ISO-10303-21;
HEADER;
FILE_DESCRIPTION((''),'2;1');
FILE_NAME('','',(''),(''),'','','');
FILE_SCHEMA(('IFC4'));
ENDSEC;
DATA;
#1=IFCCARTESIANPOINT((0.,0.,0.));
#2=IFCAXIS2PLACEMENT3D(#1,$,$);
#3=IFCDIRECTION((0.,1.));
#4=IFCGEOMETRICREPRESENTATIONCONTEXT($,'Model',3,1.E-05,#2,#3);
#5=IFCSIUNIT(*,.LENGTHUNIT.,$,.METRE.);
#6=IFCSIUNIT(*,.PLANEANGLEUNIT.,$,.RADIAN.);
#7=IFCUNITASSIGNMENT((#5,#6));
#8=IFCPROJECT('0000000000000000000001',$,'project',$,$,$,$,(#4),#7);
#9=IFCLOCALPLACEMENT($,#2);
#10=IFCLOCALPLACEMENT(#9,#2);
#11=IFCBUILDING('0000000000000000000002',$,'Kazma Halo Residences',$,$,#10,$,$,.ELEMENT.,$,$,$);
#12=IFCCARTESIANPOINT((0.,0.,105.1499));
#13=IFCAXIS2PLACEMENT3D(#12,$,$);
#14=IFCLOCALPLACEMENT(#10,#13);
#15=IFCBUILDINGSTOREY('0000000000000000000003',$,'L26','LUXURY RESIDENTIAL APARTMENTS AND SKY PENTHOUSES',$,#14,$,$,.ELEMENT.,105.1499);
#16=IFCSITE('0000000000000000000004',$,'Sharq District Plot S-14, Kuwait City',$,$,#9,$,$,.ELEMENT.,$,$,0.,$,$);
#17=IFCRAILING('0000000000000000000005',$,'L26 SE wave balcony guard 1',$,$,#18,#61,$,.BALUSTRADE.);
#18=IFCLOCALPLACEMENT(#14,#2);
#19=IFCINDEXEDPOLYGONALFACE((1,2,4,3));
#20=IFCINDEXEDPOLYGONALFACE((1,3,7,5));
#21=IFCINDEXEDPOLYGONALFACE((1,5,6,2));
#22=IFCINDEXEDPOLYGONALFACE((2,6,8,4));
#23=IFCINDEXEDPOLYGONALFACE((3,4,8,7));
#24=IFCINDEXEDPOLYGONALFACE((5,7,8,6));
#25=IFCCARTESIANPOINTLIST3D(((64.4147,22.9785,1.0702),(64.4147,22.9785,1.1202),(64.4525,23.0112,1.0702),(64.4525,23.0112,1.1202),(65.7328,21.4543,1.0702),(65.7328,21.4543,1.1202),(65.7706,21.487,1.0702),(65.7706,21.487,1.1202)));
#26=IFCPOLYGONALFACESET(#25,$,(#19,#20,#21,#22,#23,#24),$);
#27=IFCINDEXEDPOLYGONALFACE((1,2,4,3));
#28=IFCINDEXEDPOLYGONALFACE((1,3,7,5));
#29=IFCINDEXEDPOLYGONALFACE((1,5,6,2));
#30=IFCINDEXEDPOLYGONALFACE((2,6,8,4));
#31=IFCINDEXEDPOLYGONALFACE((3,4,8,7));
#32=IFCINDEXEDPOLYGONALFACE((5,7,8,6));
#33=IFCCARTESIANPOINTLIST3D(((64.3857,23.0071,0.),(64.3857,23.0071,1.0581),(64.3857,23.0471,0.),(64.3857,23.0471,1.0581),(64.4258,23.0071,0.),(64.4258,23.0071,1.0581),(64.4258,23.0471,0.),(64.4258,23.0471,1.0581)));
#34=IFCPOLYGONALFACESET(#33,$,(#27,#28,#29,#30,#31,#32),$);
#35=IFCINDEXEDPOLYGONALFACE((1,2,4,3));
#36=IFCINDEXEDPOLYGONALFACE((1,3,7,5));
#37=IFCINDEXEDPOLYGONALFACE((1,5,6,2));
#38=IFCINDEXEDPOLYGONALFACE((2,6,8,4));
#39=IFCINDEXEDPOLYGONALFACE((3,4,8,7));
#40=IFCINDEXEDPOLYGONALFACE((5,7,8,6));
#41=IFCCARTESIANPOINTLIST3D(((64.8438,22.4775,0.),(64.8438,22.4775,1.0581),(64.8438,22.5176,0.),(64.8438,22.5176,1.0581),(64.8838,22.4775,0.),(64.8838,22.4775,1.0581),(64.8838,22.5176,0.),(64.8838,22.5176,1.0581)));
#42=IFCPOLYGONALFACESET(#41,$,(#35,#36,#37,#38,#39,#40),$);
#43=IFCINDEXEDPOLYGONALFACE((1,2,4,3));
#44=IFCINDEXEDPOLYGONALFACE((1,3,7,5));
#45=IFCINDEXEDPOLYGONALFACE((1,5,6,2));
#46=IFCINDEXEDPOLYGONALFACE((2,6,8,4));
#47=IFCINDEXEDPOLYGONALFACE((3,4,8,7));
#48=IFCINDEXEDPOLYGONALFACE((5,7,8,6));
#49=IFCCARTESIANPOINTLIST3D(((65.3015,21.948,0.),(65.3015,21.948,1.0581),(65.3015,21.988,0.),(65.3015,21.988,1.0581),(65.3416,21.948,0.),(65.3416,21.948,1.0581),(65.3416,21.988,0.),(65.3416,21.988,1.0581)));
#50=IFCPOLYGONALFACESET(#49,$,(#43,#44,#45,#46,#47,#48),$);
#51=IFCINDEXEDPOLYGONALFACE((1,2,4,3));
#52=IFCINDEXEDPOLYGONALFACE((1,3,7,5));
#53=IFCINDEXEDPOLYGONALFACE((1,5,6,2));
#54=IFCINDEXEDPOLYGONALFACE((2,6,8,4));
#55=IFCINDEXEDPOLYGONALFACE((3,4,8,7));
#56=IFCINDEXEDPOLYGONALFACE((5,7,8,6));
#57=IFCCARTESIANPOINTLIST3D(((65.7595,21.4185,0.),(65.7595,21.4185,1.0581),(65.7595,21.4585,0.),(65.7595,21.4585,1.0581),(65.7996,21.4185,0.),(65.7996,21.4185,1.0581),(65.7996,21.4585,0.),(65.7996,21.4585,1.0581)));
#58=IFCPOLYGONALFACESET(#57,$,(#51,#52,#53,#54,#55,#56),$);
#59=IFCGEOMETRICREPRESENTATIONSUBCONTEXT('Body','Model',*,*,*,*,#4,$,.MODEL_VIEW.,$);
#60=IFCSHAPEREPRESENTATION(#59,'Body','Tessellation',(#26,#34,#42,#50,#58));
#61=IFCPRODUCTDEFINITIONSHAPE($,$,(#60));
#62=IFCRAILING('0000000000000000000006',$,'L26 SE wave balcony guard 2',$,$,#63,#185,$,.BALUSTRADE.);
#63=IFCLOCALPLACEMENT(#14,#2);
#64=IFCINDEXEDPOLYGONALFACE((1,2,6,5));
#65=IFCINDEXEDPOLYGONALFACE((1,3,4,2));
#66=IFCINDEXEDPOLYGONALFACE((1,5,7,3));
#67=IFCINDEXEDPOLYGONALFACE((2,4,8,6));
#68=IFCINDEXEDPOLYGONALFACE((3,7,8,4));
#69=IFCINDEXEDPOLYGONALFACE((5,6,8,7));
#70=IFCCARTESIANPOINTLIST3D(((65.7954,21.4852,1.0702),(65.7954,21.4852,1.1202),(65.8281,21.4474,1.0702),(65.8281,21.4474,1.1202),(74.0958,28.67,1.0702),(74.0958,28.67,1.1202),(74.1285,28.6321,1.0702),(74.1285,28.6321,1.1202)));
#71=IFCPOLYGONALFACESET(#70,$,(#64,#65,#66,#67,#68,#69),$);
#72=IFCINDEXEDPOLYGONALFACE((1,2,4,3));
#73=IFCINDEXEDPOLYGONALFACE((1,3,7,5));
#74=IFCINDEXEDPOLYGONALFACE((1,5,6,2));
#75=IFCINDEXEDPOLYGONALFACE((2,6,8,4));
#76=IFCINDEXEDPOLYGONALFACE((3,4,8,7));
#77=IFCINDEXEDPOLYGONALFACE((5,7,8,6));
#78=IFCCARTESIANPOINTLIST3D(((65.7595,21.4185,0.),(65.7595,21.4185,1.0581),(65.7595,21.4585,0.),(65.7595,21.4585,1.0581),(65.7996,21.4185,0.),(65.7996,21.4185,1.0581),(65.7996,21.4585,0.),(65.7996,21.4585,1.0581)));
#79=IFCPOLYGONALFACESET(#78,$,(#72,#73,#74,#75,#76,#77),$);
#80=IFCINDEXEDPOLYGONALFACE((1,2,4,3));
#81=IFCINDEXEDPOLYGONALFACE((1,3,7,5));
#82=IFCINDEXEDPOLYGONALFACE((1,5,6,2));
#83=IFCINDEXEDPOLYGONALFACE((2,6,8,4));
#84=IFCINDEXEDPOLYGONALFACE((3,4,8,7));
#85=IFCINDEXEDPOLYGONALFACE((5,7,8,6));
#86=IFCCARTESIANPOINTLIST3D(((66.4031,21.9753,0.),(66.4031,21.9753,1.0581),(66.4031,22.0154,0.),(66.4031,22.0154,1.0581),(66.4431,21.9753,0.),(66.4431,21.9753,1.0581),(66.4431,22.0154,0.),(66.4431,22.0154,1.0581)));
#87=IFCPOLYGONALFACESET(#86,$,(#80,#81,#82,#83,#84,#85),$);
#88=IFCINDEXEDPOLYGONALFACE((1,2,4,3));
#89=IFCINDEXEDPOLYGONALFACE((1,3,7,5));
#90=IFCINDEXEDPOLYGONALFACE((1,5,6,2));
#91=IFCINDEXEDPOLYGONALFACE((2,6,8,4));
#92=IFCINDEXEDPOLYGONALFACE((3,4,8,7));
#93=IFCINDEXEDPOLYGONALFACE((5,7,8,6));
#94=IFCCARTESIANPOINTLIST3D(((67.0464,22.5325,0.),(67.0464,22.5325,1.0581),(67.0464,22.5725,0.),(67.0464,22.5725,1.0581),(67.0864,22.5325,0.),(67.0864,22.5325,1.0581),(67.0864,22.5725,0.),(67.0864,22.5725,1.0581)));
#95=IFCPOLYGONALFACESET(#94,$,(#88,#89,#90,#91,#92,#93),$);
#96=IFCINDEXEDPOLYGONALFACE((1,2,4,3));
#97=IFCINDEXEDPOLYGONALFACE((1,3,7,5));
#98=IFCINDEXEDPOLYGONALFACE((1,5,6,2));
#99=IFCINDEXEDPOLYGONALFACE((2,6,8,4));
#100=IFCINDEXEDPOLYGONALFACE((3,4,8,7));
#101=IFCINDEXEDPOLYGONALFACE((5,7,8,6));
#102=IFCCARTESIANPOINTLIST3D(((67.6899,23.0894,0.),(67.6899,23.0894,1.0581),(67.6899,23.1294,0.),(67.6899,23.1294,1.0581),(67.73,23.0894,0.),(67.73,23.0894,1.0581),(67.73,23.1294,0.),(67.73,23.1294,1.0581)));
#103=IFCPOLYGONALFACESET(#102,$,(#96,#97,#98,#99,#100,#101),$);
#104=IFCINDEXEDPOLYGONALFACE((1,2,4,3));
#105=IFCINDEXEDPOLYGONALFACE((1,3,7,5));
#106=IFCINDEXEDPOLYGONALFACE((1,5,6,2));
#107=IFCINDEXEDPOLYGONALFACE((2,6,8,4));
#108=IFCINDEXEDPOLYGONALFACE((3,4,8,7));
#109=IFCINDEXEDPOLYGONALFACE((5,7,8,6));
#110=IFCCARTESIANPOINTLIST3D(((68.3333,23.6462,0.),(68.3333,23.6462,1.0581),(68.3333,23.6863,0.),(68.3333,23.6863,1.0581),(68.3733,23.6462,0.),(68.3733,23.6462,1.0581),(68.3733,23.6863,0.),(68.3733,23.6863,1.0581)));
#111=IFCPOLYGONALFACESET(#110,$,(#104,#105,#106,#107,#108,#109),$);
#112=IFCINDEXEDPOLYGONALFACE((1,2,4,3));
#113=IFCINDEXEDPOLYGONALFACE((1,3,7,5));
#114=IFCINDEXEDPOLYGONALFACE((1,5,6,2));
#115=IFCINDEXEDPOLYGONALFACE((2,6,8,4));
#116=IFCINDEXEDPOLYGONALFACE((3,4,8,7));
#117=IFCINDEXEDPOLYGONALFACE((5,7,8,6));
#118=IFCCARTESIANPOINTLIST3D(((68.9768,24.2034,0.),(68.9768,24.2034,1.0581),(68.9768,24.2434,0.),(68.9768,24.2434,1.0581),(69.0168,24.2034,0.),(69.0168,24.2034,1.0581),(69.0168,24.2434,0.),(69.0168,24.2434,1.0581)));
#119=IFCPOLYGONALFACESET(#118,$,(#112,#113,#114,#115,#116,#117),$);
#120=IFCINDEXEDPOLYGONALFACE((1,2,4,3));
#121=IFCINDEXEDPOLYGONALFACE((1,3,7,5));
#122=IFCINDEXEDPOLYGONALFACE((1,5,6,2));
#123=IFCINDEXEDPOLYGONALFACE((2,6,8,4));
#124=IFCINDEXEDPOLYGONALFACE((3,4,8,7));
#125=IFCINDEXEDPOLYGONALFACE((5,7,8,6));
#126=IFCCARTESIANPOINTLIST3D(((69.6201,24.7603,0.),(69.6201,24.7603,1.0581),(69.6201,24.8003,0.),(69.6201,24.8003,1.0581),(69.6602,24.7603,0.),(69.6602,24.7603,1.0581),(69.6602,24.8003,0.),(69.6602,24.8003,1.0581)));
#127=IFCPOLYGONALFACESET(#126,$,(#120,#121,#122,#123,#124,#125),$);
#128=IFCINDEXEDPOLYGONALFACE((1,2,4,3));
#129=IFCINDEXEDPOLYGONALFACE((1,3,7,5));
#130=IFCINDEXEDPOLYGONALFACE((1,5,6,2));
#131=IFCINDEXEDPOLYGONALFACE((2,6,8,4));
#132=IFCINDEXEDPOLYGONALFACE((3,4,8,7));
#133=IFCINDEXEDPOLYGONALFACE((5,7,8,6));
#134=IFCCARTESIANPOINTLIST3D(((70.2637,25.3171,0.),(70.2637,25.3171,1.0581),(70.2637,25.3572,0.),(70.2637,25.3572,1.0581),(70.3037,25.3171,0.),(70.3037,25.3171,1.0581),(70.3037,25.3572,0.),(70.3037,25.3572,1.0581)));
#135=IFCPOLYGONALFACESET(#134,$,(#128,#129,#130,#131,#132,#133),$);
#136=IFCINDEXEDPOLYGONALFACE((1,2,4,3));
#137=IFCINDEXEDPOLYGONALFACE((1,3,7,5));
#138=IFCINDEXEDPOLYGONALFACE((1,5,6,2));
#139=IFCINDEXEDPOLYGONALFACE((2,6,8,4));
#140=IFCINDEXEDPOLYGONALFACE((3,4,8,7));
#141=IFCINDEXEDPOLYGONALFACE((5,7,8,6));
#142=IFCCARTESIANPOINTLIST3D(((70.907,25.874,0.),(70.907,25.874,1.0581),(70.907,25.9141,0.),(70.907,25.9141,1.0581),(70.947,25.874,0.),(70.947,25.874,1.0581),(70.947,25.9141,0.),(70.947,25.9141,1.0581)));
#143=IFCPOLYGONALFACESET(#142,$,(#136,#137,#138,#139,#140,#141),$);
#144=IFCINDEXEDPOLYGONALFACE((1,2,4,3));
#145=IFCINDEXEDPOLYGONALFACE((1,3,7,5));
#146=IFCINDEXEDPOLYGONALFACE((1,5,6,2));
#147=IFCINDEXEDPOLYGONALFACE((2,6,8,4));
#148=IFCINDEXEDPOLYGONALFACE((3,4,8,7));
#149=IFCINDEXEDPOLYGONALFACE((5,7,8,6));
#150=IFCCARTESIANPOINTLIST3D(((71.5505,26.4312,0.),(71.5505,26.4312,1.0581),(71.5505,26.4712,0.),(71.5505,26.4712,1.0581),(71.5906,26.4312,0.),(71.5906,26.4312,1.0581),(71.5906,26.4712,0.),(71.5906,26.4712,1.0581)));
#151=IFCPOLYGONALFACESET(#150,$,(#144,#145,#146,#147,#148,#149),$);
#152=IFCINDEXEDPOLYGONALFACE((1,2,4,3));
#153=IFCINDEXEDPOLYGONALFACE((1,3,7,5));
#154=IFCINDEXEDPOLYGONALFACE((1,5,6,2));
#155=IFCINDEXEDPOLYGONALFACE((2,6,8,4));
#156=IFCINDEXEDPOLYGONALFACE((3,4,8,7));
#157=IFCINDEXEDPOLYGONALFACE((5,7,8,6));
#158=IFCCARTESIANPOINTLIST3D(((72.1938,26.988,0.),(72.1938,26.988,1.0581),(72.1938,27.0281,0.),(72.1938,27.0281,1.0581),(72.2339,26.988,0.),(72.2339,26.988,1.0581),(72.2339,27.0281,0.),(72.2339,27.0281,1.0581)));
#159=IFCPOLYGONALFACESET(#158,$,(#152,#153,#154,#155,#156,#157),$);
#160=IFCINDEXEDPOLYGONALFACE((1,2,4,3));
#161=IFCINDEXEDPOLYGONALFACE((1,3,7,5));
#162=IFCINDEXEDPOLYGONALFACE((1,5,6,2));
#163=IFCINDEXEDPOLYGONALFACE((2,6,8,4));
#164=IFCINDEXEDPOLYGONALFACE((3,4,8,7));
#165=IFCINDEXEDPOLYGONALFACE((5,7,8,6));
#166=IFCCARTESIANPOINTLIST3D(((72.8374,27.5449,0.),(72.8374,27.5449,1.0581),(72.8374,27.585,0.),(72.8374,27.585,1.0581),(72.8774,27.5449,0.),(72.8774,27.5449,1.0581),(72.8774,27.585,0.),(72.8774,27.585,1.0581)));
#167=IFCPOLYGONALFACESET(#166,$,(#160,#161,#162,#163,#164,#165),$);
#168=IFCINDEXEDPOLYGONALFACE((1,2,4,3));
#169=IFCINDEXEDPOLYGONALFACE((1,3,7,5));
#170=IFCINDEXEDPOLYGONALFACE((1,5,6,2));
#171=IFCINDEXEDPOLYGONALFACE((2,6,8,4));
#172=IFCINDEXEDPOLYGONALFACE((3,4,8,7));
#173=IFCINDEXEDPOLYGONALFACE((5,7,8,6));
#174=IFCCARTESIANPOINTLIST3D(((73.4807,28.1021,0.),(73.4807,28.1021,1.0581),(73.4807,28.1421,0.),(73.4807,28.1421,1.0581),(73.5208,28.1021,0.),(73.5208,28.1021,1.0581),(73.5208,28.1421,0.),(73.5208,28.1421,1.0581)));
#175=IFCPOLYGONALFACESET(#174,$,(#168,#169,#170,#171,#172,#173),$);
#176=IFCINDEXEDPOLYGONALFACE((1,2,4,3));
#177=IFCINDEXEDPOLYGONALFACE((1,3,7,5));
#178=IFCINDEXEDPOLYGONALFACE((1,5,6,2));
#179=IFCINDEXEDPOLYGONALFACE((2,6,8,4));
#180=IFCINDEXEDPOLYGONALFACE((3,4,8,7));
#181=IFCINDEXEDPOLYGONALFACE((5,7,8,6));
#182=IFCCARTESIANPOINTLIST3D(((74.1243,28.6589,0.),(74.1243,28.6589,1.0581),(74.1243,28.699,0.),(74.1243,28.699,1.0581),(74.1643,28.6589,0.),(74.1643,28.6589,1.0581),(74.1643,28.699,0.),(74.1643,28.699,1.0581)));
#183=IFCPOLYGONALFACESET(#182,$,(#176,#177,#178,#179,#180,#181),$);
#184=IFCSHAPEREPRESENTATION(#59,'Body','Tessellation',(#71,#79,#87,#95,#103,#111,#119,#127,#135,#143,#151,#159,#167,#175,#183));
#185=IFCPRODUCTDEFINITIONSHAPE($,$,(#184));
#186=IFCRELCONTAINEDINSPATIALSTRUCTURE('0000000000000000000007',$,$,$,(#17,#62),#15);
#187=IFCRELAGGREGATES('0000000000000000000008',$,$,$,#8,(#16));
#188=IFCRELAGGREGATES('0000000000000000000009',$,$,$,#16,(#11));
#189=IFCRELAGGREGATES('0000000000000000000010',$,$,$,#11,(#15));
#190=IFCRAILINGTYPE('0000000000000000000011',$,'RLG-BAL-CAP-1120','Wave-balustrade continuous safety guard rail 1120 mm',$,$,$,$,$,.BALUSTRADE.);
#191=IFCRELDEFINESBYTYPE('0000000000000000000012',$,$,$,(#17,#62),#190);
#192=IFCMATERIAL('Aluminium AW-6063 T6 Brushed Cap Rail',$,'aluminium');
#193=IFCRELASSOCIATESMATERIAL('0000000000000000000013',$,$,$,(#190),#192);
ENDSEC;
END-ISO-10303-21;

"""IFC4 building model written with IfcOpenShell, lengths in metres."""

from ifc_helpers import new_model, si_unit, direction, frame, origin, origin_2d, place, context, subcontext, project, spatial, rectangle, extrude, material, type_object, element, save


model = new_model("IFC4")

# Units and contexts
model_context = context("Model", 3, precision=1e-05, world=origin(), true_north=direction((0.0, 1.0)))
body_context = subcontext(model_context, "Body", "Model", "MODEL_VIEW")
ifc_project = project(units=[si_unit("LENGTHUNIT", "METRE"), si_unit("PLANEANGLEUNIT", "RADIAN")], contexts=[model_context])

# Site, building, storey
site_placement = place(None, origin())
site = spatial("IfcSite", under=ifc_project, at=site_placement, Name="Sharq District Plot S-14, Kuwait City", CompositionType="ELEMENT", RefElevation=0.0)
building_placement = place(site_placement, origin())
building = spatial("IfcBuilding", under=site, at=building_placement, Name="Kazma Halo Residences", CompositionType="ELEMENT")
storey_placement = place(building_placement, frame((0.0, 0.0, 105.1499)))
storey = spatial("IfcBuildingStorey", under=building, at=storey_placement, Name="L26", Description="LUXURY RESIDENTIAL APARTMENTS AND SKY PENTHOUSES", CompositionType="ELEMENT", Elevation=105.1499)

# Railings
ifc_material_1 = material(Name="Aluminium AW-6063 T6 Brushed Cap Rail", Category="aluminium")
railing_type = type_object("IfcRailingType", Name="RLG-BAL-CAP-1120", Description="Wave-balustrade continuous safety guard rail 1120 mm", PredefinedType="BALUSTRADE", material=ifc_material_1)
railing_1_placement = place(storey_placement, frame((64.4058, 23.0271, 0.0)))
element("IfcRailing", 1, at=railing_1_placement, inside=storey, type_object=railing_type, Name="L26 SE wave balcony guard 1", PredefinedType="BALUSTRADE", context=body_context, shape_type="SweptSolid", body=[
    extrude(rectangle(XDim=0.05, YDim=0.05, at=origin_2d()), frame((0.0278, -0.0322, 1.0952), z_axis=(0.654107, -0.756402, 0.0), x_axis=(0.756402, 0.654107, 0.0)), (0.0, 0.0, 1.0), 2.0151),
    extrude(rectangle(XDim=0.04, YDim=0.04, at=origin_2d()), origin(), (0.0, 0.0, 1.0), 1.0581),
    extrude(rectangle(XDim=0.04, YDim=0.04, at=origin_2d()), frame((0.458, -0.5295, 0.0)), (0.0, 0.0, 1.0), 1.0581),
    extrude(rectangle(XDim=0.04, YDim=0.04, at=origin_2d()), frame((0.9158, -1.0591, 0.0)), (0.0, 0.0, 1.0), 1.0581),
    extrude(rectangle(XDim=0.04, YDim=0.04, at=origin_2d()), frame((1.3738, -1.5886, 0.0)), (0.0, 0.0, 1.0), 1.0581),
])
railing_2_placement = place(storey_placement, frame((65.7795, 21.4385, 0.0)))
element("IfcRailing", 2, at=railing_2_placement, inside=storey, type_object=railing_type, Name="L26 SE wave balcony guard 2", PredefinedType="BALUSTRADE", context=body_context, shape_type="SweptSolid", body=[
    extrude(rectangle(XDim=0.05, YDim=0.05, at=origin_2d()), frame((0.0322, 0.0278, 1.0952), z_axis=(0.75609, 0.654467, 0.0), x_axis=(-0.654467, 0.75609, 0.0)), (0.0, 0.0, 1.0), 10.978),
    extrude(rectangle(XDim=0.04, YDim=0.04, at=origin_2d()), origin(), (0.0, 0.0, 1.0), 1.0581),
    extrude(rectangle(XDim=0.04, YDim=0.04, at=origin_2d()), frame((0.6436, 0.5569, 0.0)), (0.0, 0.0, 1.0), 1.0581),
    extrude(rectangle(XDim=0.04, YDim=0.04, at=origin_2d()), frame((1.2869, 1.114, 0.0)), (0.0, 0.0, 1.0), 1.0581),
    extrude(rectangle(XDim=0.04, YDim=0.04, at=origin_2d()), frame((1.9304, 1.6709, 0.0)), (0.0, 0.0, 1.0), 1.0581),
    extrude(rectangle(XDim=0.04, YDim=0.04, at=origin_2d()), frame((2.5737, 2.2278, 0.0)), (0.0, 0.0, 1.0), 1.0581),
    extrude(rectangle(XDim=0.04, YDim=0.04, at=origin_2d()), frame((3.2173, 2.7849, 0.0)), (0.0, 0.0, 1.0), 1.0581),
    extrude(rectangle(XDim=0.04, YDim=0.04, at=origin_2d()), frame((3.8606, 3.3418, 0.0)), (0.0, 0.0, 1.0), 1.0581),
    extrude(rectangle(XDim=0.04, YDim=0.04, at=origin_2d()), frame((4.5042, 3.8987, 0.0)), (0.0, 0.0, 1.0), 1.0581),
    extrude(rectangle(XDim=0.04, YDim=0.04, at=origin_2d()), frame((5.1475, 4.4556, 0.0)), (0.0, 0.0, 1.0), 1.0581),
    extrude(rectangle(XDim=0.04, YDim=0.04, at=origin_2d()), frame((5.791, 5.0127, 0.0)), (0.0, 0.0, 1.0), 1.0581),
    extrude(rectangle(XDim=0.04, YDim=0.04, at=origin_2d()), frame((6.4343, 5.5696, 0.0)), (0.0, 0.0, 1.0), 1.0581),
    extrude(rectangle(XDim=0.04, YDim=0.04, at=origin_2d()), frame((7.0779, 6.1265, 0.0)), (0.0, 0.0, 1.0), 1.0581),
    extrude(rectangle(XDim=0.04, YDim=0.04, at=origin_2d()), frame((7.7212, 6.6836, 0.0)), (0.0, 0.0, 1.0), 1.0581),
    extrude(rectangle(XDim=0.04, YDim=0.04, at=origin_2d()), frame((8.3647, 7.2405, 0.0)), (0.0, 0.0, 1.0), 1.0581),
])

save(model, "model.ifc")
